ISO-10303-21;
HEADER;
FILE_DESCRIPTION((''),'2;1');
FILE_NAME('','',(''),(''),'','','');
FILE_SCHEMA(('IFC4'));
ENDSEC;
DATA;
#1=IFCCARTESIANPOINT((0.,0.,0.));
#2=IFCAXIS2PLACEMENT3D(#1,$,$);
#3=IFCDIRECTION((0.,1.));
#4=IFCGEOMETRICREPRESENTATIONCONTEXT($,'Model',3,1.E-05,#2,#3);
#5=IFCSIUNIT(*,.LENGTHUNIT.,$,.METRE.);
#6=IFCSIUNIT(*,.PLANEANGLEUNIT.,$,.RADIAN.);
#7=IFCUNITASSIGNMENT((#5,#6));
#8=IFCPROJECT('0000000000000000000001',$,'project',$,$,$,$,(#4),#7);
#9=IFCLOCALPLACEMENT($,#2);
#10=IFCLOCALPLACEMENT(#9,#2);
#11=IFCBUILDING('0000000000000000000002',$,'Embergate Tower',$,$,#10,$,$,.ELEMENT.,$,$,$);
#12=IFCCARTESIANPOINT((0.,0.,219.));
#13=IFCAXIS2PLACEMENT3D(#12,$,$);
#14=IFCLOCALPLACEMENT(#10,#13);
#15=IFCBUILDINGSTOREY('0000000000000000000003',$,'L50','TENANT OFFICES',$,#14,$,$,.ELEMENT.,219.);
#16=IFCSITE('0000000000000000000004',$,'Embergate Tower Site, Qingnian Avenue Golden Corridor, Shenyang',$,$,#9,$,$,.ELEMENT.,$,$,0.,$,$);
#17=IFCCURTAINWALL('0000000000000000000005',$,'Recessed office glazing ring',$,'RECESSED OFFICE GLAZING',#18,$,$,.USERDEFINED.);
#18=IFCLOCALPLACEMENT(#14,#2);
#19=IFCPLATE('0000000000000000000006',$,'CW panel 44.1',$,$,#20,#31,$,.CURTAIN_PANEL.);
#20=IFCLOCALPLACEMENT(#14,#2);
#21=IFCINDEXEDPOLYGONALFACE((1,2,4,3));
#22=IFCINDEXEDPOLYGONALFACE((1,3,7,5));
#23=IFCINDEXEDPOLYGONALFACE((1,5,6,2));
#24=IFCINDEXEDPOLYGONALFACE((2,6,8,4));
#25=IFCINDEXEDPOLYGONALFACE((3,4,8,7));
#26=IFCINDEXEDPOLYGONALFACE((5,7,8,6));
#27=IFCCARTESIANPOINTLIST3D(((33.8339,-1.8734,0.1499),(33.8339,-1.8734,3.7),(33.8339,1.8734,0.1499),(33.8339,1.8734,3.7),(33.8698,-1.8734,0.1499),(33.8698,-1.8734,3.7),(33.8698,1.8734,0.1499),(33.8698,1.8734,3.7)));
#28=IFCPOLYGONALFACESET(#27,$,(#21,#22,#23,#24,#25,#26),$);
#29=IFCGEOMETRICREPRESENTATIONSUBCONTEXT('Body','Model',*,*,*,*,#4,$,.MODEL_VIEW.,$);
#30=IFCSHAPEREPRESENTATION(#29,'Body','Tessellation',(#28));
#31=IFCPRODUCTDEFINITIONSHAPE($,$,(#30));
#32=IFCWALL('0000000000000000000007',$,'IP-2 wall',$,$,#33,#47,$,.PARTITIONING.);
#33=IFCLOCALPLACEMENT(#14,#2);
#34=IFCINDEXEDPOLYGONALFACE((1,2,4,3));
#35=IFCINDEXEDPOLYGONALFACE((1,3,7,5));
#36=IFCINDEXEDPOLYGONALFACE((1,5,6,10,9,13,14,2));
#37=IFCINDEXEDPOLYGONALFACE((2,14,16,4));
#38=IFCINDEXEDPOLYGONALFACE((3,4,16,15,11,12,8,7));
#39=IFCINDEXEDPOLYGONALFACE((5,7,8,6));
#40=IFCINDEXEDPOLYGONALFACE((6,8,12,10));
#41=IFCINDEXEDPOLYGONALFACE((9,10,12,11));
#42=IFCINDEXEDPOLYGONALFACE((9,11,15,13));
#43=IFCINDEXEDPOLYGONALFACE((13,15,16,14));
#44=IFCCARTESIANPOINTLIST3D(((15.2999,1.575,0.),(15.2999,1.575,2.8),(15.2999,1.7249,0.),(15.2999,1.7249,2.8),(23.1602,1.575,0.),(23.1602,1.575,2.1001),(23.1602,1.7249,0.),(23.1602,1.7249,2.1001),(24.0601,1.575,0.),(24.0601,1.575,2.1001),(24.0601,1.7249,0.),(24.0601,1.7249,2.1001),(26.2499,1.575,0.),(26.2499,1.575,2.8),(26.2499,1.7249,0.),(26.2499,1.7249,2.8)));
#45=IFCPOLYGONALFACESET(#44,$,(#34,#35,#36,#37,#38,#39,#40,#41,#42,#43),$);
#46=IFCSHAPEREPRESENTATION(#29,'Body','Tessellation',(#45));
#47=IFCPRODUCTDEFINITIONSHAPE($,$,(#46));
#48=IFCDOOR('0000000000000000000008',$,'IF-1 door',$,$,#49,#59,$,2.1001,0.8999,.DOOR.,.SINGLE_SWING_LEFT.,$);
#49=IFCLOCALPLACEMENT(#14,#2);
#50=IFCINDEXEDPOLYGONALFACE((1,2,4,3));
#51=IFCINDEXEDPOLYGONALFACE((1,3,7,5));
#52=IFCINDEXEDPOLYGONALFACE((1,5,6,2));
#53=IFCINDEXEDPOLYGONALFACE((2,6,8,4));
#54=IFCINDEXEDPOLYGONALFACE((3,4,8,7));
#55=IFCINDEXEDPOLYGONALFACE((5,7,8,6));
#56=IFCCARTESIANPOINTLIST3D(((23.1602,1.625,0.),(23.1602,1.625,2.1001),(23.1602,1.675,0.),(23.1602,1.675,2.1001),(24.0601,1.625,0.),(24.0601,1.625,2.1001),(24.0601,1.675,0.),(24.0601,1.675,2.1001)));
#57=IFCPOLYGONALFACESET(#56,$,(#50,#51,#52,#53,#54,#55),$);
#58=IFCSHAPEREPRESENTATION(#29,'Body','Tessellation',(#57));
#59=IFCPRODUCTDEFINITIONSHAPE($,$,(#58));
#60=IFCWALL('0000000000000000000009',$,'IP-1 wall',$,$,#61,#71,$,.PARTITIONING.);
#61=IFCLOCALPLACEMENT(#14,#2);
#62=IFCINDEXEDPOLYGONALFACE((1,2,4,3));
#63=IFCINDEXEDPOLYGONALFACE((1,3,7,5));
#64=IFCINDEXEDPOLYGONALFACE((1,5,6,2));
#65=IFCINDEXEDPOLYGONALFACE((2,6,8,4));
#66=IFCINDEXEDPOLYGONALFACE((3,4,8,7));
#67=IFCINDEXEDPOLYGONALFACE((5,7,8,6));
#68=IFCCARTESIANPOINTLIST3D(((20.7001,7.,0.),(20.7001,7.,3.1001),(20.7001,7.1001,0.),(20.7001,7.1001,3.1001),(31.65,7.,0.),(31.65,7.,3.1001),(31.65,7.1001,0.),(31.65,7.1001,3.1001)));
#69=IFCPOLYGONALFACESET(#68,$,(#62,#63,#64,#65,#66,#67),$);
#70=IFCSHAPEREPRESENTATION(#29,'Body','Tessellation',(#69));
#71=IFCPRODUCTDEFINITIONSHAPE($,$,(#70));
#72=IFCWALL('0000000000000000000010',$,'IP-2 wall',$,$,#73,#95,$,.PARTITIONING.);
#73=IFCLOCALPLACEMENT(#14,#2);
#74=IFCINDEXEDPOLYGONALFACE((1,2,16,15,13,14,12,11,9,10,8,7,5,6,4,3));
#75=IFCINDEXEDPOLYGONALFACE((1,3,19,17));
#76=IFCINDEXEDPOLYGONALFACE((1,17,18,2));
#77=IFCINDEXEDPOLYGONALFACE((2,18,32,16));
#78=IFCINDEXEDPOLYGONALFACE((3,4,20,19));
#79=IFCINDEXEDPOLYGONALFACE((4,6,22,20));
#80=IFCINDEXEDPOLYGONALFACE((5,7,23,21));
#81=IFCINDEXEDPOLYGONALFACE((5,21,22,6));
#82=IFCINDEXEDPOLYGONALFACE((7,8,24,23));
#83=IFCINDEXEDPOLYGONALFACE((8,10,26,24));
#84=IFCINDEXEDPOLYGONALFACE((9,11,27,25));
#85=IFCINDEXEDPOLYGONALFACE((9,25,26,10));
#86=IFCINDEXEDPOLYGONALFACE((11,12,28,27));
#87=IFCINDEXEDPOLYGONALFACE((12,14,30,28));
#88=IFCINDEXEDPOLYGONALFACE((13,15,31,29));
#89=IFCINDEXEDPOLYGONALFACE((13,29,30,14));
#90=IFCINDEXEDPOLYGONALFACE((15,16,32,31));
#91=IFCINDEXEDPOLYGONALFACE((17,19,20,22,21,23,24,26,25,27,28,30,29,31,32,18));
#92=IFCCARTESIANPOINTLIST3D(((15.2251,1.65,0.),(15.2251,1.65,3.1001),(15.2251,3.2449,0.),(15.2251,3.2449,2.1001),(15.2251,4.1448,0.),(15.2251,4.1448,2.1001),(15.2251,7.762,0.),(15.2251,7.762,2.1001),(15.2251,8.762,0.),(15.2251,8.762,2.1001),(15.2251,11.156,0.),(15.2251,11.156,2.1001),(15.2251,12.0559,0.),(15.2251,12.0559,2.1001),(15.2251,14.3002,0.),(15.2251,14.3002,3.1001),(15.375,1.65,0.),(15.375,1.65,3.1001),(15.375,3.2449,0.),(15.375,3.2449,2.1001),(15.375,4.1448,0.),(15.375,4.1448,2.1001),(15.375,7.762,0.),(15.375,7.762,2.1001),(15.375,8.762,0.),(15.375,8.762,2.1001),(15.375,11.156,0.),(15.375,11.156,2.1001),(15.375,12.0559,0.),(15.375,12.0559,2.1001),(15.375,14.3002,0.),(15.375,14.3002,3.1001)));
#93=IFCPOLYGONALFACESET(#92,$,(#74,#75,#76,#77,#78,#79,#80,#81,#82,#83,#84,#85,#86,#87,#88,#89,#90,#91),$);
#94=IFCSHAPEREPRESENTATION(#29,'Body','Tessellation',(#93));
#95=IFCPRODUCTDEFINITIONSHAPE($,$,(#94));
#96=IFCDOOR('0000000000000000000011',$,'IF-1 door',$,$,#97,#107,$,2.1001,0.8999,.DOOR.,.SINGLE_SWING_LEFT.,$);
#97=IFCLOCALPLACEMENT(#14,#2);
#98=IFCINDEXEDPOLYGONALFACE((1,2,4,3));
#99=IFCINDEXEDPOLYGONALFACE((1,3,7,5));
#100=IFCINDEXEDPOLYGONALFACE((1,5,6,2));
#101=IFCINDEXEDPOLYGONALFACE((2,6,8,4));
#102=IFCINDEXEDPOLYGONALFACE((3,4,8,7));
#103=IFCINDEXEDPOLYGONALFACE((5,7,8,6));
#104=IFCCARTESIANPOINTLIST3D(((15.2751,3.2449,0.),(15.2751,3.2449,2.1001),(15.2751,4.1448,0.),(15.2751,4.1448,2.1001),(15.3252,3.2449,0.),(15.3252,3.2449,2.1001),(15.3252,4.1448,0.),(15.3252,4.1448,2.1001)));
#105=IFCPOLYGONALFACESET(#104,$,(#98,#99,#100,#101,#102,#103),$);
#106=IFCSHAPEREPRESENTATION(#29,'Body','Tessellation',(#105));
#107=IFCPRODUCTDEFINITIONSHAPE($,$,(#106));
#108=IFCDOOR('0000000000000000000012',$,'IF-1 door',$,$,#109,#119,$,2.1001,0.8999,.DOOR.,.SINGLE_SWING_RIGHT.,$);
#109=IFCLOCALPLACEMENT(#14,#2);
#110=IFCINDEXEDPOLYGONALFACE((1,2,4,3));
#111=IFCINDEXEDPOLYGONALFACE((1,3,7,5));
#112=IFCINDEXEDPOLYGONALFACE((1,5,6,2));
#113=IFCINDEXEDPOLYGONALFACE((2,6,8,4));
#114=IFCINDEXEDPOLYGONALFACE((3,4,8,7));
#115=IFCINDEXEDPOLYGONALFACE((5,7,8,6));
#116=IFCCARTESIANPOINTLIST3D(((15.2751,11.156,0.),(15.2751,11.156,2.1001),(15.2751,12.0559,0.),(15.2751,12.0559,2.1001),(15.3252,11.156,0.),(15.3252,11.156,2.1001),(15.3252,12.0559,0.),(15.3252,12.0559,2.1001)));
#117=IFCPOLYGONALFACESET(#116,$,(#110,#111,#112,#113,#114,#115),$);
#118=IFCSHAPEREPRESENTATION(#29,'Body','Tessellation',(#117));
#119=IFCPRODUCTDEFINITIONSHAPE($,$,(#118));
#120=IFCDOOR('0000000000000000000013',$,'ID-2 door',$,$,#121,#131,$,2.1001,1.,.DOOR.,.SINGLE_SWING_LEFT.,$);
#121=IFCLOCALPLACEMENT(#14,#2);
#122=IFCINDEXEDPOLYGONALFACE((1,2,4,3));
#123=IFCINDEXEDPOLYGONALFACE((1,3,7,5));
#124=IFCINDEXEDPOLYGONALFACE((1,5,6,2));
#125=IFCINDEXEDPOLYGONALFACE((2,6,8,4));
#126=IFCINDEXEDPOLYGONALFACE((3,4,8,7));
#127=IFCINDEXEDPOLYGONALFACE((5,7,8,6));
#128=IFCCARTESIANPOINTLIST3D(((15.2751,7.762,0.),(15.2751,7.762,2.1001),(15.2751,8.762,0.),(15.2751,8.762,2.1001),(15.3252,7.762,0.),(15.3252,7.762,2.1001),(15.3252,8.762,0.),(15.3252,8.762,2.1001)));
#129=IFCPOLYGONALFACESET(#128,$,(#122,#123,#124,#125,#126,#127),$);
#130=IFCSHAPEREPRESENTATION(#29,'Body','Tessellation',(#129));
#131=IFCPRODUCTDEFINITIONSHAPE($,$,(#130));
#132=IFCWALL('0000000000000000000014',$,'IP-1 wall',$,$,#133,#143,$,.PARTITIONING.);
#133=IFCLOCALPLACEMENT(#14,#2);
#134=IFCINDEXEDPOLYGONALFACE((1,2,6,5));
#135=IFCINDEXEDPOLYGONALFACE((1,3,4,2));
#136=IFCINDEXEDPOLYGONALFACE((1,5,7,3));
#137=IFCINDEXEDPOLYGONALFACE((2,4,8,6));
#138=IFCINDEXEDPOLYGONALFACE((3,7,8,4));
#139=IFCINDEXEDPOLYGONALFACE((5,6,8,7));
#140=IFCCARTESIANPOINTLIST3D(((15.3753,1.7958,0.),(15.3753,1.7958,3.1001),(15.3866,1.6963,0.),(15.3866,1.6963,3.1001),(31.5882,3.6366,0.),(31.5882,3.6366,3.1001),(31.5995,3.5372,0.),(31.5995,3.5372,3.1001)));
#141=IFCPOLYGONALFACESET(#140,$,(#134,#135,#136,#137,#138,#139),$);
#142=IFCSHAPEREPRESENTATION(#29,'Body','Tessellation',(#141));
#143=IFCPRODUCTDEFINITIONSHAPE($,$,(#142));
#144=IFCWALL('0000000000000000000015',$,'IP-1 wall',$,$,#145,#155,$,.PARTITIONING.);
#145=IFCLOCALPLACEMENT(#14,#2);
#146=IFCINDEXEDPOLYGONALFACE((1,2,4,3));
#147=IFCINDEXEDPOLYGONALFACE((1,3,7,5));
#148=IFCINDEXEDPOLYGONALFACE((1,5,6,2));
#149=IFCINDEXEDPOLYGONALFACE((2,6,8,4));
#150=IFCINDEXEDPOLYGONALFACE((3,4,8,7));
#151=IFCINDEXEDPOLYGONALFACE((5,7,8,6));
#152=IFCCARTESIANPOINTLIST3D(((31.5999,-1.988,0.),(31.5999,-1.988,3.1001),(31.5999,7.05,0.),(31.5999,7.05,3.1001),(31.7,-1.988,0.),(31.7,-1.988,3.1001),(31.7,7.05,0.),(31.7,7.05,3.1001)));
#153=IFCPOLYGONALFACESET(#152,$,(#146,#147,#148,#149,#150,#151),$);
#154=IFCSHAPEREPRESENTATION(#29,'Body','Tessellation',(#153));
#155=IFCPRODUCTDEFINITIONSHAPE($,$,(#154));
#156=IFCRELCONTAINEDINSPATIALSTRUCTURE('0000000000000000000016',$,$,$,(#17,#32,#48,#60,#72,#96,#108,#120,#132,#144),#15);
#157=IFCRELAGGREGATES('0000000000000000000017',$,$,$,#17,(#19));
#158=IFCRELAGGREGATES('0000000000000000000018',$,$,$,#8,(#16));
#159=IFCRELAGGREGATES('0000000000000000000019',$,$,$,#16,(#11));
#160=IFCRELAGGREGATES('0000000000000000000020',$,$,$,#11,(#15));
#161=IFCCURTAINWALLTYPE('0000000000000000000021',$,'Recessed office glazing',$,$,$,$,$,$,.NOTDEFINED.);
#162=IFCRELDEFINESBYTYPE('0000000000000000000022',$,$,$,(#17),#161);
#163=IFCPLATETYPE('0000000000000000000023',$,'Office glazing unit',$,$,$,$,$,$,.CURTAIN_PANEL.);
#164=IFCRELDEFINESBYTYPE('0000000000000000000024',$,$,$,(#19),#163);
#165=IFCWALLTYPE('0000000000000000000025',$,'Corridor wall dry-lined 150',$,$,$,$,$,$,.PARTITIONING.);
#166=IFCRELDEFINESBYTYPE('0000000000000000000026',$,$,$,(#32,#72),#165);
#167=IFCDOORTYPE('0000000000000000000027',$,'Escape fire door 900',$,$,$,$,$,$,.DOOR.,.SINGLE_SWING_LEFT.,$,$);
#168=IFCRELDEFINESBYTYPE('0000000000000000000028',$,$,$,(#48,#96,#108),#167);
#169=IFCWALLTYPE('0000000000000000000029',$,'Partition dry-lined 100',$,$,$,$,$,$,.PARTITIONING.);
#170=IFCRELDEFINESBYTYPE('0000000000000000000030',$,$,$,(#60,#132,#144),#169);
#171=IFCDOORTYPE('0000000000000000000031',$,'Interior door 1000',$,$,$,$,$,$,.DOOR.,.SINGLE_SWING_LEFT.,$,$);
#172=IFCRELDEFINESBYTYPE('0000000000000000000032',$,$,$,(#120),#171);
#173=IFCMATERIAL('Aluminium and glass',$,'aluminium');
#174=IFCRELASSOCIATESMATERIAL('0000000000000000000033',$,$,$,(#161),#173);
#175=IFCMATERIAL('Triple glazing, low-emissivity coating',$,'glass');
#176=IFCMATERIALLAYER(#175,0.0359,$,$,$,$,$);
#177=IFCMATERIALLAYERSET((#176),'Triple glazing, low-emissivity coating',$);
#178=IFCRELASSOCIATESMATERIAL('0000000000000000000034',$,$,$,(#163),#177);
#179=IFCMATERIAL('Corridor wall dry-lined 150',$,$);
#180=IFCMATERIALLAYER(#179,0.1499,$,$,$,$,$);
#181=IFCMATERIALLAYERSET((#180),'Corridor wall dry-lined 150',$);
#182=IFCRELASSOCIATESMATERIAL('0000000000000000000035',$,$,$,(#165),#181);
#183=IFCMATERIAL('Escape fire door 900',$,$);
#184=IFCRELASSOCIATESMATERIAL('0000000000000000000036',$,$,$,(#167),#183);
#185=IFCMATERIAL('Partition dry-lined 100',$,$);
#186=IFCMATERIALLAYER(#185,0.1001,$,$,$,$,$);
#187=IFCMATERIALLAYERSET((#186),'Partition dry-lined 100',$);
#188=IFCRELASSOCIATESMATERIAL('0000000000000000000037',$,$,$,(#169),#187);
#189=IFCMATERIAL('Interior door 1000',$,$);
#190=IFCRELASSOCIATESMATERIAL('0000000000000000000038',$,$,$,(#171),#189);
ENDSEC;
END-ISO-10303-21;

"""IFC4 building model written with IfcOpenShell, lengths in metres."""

from ifc_helpers import new_model, si_unit, direction, frame, frame_2d, origin, origin_2d, place, context, subcontext, project, spatial, rectangle, extrude, source, transform, mapped, material, layer, layer_set, type_object, element, fill, aggregate, save


model = new_model("IFC4")

# Units and contexts
model_context = context("Model", 3, precision=1e-05, world=origin(), true_north=direction((0.0, 1.0)))
body_context = subcontext(model_context, "Body", "Model", "MODEL_VIEW")
ifc_project = project(units=[si_unit("LENGTHUNIT", "METRE"), si_unit("PLANEANGLEUNIT", "RADIAN")], contexts=[model_context])

# Site, building, storey
site_placement = place(None, origin())
site = spatial("IfcSite", under=ifc_project, at=site_placement, Name="Embergate Tower Site, Qingnian Avenue Golden Corridor, Shenyang", CompositionType="ELEMENT", RefElevation=0.0)
building_placement = place(site_placement, origin())
building = spatial("IfcBuilding", under=site, at=building_placement, Name="Embergate Tower", CompositionType="ELEMENT")
storey_placement = place(building_placement, frame((0.0, 0.0, 219.0)))
storey = spatial("IfcBuildingStorey", under=building, at=storey_placement, Name="L50", Description="TENANT OFFICES", CompositionType="ELEMENT", Elevation=219.0)

# Curtain wall, plate
ifc_material_1 = material(Name="Aluminium and glass", Category="aluminium")
curtain_wall_type = type_object("IfcCurtainWallType", Name="Recessed office glazing", PredefinedType="NOTDEFINED", material=ifc_material_1)
curtain_wall_placement = place(storey_placement, origin())
curtain_wall = element("IfcCurtainWall", 1, at=curtain_wall_placement, inside=storey, type_object=curtain_wall_type, Name="Recessed office glazing ring", ObjectType="RECESSED OFFICE GLAZING", PredefinedType="USERDEFINED")
ifc_material_2 = material(Name="Triple glazing, low-emissivity coating", Category="glass")
ifc_layer_1 = layer(ifc_material_2, 0.0359)
ifc_layer_set_1 = layer_set([ifc_layer_1], Name="Triple glazing, low-emissivity coating")
plate_type = type_object("IfcPlateType", Name="Office glazing unit", PredefinedType="CURTAIN_PANEL", material=ifc_layer_set_1)
shared_shape_1 = source(origin(), body_context, "Body", "SweptSolid", [
    extrude(rectangle(XDim=3.7468, YDim=0.0359, at=origin_2d()), origin(), (0.0, 0.0, 1.0), 3.55),
])
plate_1_placement = place(storey_placement, frame((33.8518, 0.0, 0.1499), z_axis=(0.0, 0.0, 1.0), x_axis=(0.0, 1.0, 0.0)))
plate_1 = element("IfcPlate", 2, at=plate_1_placement, type_object=plate_type, Name="CW panel 44.1", PredefinedType="CURTAIN_PANEL", context=body_context, shape_type="MappedRepresentation", body=[
    mapped(shared_shape_1, transform((0.0, 0.0, 0.0))),
])
aggregate(curtain_wall, [plate_1])

# Wall, opening, door
ifc_material_3 = material(Name="Corridor wall dry-lined 150")
ifc_layer_2 = layer(ifc_material_3, 0.1499)
ifc_layer_set_2 = layer_set([ifc_layer_2], Name="Corridor wall dry-lined 150")
wall_type_1 = type_object("IfcWallType", Name="Corridor wall dry-lined 150", PredefinedType="PARTITIONING", material=ifc_layer_set_2)
shared_shape_2 = source(origin(), body_context, "Body", "SweptSolid", [
    extrude(rectangle(XDim=10.95, YDim=0.1499, at=frame_2d((5.4751, 0.0))), origin(), (0.0, 0.0, 1.0), 2.8),
])
wall_1_placement = place(storey_placement, frame((26.25, 1.6499, 0.0), z_axis=(0.0, 0.0, 1.0), x_axis=(-1.0, 0.0, 0.0)))
wall_1 = element("IfcWall", 3, at=wall_1_placement, inside=storey, type_object=wall_type_1, Name="IP-2 wall", PredefinedType="PARTITIONING", context=body_context, shape_type="MappedRepresentation", body=[
    mapped(shared_shape_2, transform((0.0, 0.0, 0.0))),
])
shared_shape_3 = source(origin(), body_context, "Body", "SweptSolid", [
    extrude(rectangle(XDim=0.8999, YDim=2.1001, at=frame_2d((0.45, 1.05))), frame((0.0, 0.085, 0.0), z_axis=(0.0, -1.0, 0.0), x_axis=(1.0, 0.0, 0.0)), (0.0, 0.0, 1.0), 0.1699),
])
opening_1_placement = place(wall_1_placement, frame((2.1899, 0.0, 0.0)))
opening_1 = element("IfcOpeningElement", 4, at=opening_1_placement, cuts=wall_1, PredefinedType="OPENING", context=body_context, shape_type="MappedRepresentation", body=[
    mapped(shared_shape_3, transform((0.0, 0.0, 0.0))),
])
ifc_material_4 = material(Name="Escape fire door 900")
door_type_1 = type_object("IfcDoorType", Name="Escape fire door 900", OperationType="SINGLE_SWING_LEFT", PredefinedType="DOOR", material=ifc_material_4)
shared_shape_4 = source(origin(), body_context, "Body", "SweptSolid", [
    extrude(rectangle(XDim=0.8999, YDim=2.1001, at=frame_2d((0.45, 1.05))), frame((0.0, 0.0249, 0.0), z_axis=(0.0, -1.0, 0.0), x_axis=(1.0, 0.0, 0.0)), (0.0, 0.0, 1.0), 0.05),
])
door_1_placement = place(opening_1_placement, origin())
door_1 = element("IfcDoor", 5, at=door_1_placement, inside=storey, type_object=door_type_1, Name="IF-1 door", OperationType="SINGLE_SWING_LEFT", OverallHeight=2.1001, OverallWidth=0.8999, PredefinedType="DOOR", context=body_context, shape_type="MappedRepresentation", body=[
    mapped(shared_shape_4, transform((0.0, 0.0, 0.0))),
])
fill(opening_1, door_1)

# Wall
ifc_material_5 = material(Name="Partition dry-lined 100")
ifc_layer_3 = layer(ifc_material_5, 0.1001)
ifc_layer_set_3 = layer_set([ifc_layer_3], Name="Partition dry-lined 100")
wall_type_2 = type_object("IfcWallType", Name="Partition dry-lined 100", PredefinedType="PARTITIONING", material=ifc_layer_set_3)
shared_shape_5 = source(origin(), body_context, "Body", "SweptSolid", [
    extrude(rectangle(XDim=10.95, YDim=0.1001, at=frame_2d((5.4751, 0.0))), origin(), (0.0, 0.0, 1.0), 3.1001),
])
wall_2_placement = place(storey_placement, frame((20.7, 7.05, 0.0), z_axis=(0.0, 0.0, 1.0), x_axis=(1.0, 0.0, 0.0)))
element("IfcWall", 6, at=wall_2_placement, inside=storey, type_object=wall_type_2, Name="IP-1 wall", PredefinedType="PARTITIONING", context=body_context, shape_type="MappedRepresentation", body=[
    mapped(shared_shape_5, transform((0.0, 0.0, 0.0))),
])

# Wall, openings, doors
shared_shape_6 = source(origin(), body_context, "Body", "SweptSolid", [
    extrude(rectangle(XDim=12.6501, YDim=0.1499, at=frame_2d((6.3252, 0.0))), origin(), (0.0, 0.0, 1.0), 3.1001),
])
wall_3_placement = place(storey_placement, frame((15.3, 1.6499, 0.0), z_axis=(0.0, 0.0, 1.0), x_axis=(0.0, 1.0, 0.0)))
wall_3 = element("IfcWall", 7, at=wall_3_placement, inside=storey, type_object=wall_type_1, Name="IP-2 wall", PredefinedType="PARTITIONING", context=body_context, shape_type="MappedRepresentation", body=[
    mapped(shared_shape_6, transform((0.0, 0.0, 0.0))),
])
opening_2_placement = place(wall_3_placement, frame((1.595, 0.0, 0.0)))
opening_2 = element("IfcOpeningElement", 8, at=opening_2_placement, cuts=wall_3, PredefinedType="OPENING", context=body_context, shape_type="MappedRepresentation", body=[
    mapped(shared_shape_3, transform((0.0, 0.0, 0.0))),
])
shared_shape_7 = source(origin(), body_context, "Body", "SweptSolid", [
    extrude(rectangle(XDim=1.0, YDim=2.1001, at=frame_2d((0.5, 1.05))), frame((0.0, 0.085, 0.0), z_axis=(0.0, -1.0, 0.0), x_axis=(1.0, 0.0, 0.0)), (0.0, 0.0, 1.0), 0.1699),
])
opening_3_placement = place(wall_3_placement, frame((6.1121, 0.0, 0.0)))
opening_3 = element("IfcOpeningElement", 9, at=opening_3_placement, cuts=wall_3, PredefinedType="OPENING", context=body_context, shape_type="MappedRepresentation", body=[
    mapped(shared_shape_7, transform((0.0, 0.0, 0.0))),
])
opening_4_placement = place(wall_3_placement, frame((9.5061, 0.0, 0.0)))
opening_4 = element("IfcOpeningElement", 10, at=opening_4_placement, cuts=wall_3, PredefinedType="OPENING", context=body_context, shape_type="MappedRepresentation", body=[
    mapped(shared_shape_3, transform((0.0, 0.0, 0.0))),
])
door_2_placement = place(opening_2_placement, origin())
door_2 = element("IfcDoor", 11, at=door_2_placement, inside=storey, type_object=door_type_1, Name="IF-1 door", OperationType="SINGLE_SWING_LEFT", OverallHeight=2.1001, OverallWidth=0.8999, PredefinedType="DOOR", context=body_context, shape_type="MappedRepresentation", body=[
    mapped(shared_shape_4, transform((0.0, 0.0, 0.0))),
])
fill(opening_2, door_2)
door_3_placement = place(opening_4_placement, origin())
door_3 = element("IfcDoor", 12, at=door_3_placement, inside=storey, type_object=door_type_1, Name="IF-1 door", OperationType="SINGLE_SWING_RIGHT", OverallHeight=2.1001, OverallWidth=0.8999, PredefinedType="DOOR", context=body_context, shape_type="MappedRepresentation", body=[
    mapped(shared_shape_4, transform((0.0, 0.0, 0.0))),
])
fill(opening_4, door_3)
ifc_material_6 = material(Name="Interior door 1000")
door_type_2 = type_object("IfcDoorType", Name="Interior door 1000", OperationType="SINGLE_SWING_LEFT", PredefinedType="DOOR", material=ifc_material_6)
shared_shape_8 = source(origin(), body_context, "Body", "SweptSolid", [
    extrude(rectangle(XDim=1.0, YDim=2.1001, at=frame_2d((0.5, 1.05))), frame((0.0, 0.0249, 0.0), z_axis=(0.0, -1.0, 0.0), x_axis=(1.0, 0.0, 0.0)), (0.0, 0.0, 1.0), 0.05),
])
door_4_placement = place(opening_3_placement, origin())
door_4 = element("IfcDoor", 13, at=door_4_placement, inside=storey, type_object=door_type_2, Name="ID-2 door", OperationType="SINGLE_SWING_LEFT", OverallHeight=2.1001, OverallWidth=1.0, PredefinedType="DOOR", context=body_context, shape_type="MappedRepresentation", body=[
    mapped(shared_shape_8, transform((0.0, 0.0, 0.0))),
])
fill(opening_3, door_4)

# Walls
shared_shape_9 = source(origin(), body_context, "Body", "SweptSolid", [
    extrude(rectangle(XDim=16.3171, YDim=0.1001, at=frame_2d((8.1587, 0.0))), origin(), (0.0, 0.0, 1.0), 3.1001),
])
wall_4_placement = place(storey_placement, frame((31.594, 3.5869, 0.0), z_axis=(0.0, 0.0, 1.0), x_axis=(-0.993616, -0.112816, 0.0)))
element("IfcWall", 14, at=wall_4_placement, inside=storey, type_object=wall_type_2, Name="IP-1 wall", PredefinedType="PARTITIONING", context=body_context, shape_type="MappedRepresentation", body=[
    mapped(shared_shape_9, transform((0.0, 0.0, 0.0))),
])
shared_shape_10 = source(origin(), body_context, "Body", "SweptSolid", [
    extrude(rectangle(XDim=9.0381, YDim=0.1001, at=frame_2d((4.519, 0.0))), origin(), (0.0, 0.0, 1.0), 3.1001),
])
wall_5_placement = place(storey_placement, frame((31.6499, 7.05, 0.0), z_axis=(0.0, 0.0, 1.0), x_axis=(0.0, -1.0, 0.0)))
element("IfcWall", 15, at=wall_5_placement, inside=storey, type_object=wall_type_2, Name="IP-1 wall", PredefinedType="PARTITIONING", context=body_context, shape_type="MappedRepresentation", body=[
    mapped(shared_shape_10, transform((0.0, 0.0, 0.0))),
])

save(model, "model.ifc")
